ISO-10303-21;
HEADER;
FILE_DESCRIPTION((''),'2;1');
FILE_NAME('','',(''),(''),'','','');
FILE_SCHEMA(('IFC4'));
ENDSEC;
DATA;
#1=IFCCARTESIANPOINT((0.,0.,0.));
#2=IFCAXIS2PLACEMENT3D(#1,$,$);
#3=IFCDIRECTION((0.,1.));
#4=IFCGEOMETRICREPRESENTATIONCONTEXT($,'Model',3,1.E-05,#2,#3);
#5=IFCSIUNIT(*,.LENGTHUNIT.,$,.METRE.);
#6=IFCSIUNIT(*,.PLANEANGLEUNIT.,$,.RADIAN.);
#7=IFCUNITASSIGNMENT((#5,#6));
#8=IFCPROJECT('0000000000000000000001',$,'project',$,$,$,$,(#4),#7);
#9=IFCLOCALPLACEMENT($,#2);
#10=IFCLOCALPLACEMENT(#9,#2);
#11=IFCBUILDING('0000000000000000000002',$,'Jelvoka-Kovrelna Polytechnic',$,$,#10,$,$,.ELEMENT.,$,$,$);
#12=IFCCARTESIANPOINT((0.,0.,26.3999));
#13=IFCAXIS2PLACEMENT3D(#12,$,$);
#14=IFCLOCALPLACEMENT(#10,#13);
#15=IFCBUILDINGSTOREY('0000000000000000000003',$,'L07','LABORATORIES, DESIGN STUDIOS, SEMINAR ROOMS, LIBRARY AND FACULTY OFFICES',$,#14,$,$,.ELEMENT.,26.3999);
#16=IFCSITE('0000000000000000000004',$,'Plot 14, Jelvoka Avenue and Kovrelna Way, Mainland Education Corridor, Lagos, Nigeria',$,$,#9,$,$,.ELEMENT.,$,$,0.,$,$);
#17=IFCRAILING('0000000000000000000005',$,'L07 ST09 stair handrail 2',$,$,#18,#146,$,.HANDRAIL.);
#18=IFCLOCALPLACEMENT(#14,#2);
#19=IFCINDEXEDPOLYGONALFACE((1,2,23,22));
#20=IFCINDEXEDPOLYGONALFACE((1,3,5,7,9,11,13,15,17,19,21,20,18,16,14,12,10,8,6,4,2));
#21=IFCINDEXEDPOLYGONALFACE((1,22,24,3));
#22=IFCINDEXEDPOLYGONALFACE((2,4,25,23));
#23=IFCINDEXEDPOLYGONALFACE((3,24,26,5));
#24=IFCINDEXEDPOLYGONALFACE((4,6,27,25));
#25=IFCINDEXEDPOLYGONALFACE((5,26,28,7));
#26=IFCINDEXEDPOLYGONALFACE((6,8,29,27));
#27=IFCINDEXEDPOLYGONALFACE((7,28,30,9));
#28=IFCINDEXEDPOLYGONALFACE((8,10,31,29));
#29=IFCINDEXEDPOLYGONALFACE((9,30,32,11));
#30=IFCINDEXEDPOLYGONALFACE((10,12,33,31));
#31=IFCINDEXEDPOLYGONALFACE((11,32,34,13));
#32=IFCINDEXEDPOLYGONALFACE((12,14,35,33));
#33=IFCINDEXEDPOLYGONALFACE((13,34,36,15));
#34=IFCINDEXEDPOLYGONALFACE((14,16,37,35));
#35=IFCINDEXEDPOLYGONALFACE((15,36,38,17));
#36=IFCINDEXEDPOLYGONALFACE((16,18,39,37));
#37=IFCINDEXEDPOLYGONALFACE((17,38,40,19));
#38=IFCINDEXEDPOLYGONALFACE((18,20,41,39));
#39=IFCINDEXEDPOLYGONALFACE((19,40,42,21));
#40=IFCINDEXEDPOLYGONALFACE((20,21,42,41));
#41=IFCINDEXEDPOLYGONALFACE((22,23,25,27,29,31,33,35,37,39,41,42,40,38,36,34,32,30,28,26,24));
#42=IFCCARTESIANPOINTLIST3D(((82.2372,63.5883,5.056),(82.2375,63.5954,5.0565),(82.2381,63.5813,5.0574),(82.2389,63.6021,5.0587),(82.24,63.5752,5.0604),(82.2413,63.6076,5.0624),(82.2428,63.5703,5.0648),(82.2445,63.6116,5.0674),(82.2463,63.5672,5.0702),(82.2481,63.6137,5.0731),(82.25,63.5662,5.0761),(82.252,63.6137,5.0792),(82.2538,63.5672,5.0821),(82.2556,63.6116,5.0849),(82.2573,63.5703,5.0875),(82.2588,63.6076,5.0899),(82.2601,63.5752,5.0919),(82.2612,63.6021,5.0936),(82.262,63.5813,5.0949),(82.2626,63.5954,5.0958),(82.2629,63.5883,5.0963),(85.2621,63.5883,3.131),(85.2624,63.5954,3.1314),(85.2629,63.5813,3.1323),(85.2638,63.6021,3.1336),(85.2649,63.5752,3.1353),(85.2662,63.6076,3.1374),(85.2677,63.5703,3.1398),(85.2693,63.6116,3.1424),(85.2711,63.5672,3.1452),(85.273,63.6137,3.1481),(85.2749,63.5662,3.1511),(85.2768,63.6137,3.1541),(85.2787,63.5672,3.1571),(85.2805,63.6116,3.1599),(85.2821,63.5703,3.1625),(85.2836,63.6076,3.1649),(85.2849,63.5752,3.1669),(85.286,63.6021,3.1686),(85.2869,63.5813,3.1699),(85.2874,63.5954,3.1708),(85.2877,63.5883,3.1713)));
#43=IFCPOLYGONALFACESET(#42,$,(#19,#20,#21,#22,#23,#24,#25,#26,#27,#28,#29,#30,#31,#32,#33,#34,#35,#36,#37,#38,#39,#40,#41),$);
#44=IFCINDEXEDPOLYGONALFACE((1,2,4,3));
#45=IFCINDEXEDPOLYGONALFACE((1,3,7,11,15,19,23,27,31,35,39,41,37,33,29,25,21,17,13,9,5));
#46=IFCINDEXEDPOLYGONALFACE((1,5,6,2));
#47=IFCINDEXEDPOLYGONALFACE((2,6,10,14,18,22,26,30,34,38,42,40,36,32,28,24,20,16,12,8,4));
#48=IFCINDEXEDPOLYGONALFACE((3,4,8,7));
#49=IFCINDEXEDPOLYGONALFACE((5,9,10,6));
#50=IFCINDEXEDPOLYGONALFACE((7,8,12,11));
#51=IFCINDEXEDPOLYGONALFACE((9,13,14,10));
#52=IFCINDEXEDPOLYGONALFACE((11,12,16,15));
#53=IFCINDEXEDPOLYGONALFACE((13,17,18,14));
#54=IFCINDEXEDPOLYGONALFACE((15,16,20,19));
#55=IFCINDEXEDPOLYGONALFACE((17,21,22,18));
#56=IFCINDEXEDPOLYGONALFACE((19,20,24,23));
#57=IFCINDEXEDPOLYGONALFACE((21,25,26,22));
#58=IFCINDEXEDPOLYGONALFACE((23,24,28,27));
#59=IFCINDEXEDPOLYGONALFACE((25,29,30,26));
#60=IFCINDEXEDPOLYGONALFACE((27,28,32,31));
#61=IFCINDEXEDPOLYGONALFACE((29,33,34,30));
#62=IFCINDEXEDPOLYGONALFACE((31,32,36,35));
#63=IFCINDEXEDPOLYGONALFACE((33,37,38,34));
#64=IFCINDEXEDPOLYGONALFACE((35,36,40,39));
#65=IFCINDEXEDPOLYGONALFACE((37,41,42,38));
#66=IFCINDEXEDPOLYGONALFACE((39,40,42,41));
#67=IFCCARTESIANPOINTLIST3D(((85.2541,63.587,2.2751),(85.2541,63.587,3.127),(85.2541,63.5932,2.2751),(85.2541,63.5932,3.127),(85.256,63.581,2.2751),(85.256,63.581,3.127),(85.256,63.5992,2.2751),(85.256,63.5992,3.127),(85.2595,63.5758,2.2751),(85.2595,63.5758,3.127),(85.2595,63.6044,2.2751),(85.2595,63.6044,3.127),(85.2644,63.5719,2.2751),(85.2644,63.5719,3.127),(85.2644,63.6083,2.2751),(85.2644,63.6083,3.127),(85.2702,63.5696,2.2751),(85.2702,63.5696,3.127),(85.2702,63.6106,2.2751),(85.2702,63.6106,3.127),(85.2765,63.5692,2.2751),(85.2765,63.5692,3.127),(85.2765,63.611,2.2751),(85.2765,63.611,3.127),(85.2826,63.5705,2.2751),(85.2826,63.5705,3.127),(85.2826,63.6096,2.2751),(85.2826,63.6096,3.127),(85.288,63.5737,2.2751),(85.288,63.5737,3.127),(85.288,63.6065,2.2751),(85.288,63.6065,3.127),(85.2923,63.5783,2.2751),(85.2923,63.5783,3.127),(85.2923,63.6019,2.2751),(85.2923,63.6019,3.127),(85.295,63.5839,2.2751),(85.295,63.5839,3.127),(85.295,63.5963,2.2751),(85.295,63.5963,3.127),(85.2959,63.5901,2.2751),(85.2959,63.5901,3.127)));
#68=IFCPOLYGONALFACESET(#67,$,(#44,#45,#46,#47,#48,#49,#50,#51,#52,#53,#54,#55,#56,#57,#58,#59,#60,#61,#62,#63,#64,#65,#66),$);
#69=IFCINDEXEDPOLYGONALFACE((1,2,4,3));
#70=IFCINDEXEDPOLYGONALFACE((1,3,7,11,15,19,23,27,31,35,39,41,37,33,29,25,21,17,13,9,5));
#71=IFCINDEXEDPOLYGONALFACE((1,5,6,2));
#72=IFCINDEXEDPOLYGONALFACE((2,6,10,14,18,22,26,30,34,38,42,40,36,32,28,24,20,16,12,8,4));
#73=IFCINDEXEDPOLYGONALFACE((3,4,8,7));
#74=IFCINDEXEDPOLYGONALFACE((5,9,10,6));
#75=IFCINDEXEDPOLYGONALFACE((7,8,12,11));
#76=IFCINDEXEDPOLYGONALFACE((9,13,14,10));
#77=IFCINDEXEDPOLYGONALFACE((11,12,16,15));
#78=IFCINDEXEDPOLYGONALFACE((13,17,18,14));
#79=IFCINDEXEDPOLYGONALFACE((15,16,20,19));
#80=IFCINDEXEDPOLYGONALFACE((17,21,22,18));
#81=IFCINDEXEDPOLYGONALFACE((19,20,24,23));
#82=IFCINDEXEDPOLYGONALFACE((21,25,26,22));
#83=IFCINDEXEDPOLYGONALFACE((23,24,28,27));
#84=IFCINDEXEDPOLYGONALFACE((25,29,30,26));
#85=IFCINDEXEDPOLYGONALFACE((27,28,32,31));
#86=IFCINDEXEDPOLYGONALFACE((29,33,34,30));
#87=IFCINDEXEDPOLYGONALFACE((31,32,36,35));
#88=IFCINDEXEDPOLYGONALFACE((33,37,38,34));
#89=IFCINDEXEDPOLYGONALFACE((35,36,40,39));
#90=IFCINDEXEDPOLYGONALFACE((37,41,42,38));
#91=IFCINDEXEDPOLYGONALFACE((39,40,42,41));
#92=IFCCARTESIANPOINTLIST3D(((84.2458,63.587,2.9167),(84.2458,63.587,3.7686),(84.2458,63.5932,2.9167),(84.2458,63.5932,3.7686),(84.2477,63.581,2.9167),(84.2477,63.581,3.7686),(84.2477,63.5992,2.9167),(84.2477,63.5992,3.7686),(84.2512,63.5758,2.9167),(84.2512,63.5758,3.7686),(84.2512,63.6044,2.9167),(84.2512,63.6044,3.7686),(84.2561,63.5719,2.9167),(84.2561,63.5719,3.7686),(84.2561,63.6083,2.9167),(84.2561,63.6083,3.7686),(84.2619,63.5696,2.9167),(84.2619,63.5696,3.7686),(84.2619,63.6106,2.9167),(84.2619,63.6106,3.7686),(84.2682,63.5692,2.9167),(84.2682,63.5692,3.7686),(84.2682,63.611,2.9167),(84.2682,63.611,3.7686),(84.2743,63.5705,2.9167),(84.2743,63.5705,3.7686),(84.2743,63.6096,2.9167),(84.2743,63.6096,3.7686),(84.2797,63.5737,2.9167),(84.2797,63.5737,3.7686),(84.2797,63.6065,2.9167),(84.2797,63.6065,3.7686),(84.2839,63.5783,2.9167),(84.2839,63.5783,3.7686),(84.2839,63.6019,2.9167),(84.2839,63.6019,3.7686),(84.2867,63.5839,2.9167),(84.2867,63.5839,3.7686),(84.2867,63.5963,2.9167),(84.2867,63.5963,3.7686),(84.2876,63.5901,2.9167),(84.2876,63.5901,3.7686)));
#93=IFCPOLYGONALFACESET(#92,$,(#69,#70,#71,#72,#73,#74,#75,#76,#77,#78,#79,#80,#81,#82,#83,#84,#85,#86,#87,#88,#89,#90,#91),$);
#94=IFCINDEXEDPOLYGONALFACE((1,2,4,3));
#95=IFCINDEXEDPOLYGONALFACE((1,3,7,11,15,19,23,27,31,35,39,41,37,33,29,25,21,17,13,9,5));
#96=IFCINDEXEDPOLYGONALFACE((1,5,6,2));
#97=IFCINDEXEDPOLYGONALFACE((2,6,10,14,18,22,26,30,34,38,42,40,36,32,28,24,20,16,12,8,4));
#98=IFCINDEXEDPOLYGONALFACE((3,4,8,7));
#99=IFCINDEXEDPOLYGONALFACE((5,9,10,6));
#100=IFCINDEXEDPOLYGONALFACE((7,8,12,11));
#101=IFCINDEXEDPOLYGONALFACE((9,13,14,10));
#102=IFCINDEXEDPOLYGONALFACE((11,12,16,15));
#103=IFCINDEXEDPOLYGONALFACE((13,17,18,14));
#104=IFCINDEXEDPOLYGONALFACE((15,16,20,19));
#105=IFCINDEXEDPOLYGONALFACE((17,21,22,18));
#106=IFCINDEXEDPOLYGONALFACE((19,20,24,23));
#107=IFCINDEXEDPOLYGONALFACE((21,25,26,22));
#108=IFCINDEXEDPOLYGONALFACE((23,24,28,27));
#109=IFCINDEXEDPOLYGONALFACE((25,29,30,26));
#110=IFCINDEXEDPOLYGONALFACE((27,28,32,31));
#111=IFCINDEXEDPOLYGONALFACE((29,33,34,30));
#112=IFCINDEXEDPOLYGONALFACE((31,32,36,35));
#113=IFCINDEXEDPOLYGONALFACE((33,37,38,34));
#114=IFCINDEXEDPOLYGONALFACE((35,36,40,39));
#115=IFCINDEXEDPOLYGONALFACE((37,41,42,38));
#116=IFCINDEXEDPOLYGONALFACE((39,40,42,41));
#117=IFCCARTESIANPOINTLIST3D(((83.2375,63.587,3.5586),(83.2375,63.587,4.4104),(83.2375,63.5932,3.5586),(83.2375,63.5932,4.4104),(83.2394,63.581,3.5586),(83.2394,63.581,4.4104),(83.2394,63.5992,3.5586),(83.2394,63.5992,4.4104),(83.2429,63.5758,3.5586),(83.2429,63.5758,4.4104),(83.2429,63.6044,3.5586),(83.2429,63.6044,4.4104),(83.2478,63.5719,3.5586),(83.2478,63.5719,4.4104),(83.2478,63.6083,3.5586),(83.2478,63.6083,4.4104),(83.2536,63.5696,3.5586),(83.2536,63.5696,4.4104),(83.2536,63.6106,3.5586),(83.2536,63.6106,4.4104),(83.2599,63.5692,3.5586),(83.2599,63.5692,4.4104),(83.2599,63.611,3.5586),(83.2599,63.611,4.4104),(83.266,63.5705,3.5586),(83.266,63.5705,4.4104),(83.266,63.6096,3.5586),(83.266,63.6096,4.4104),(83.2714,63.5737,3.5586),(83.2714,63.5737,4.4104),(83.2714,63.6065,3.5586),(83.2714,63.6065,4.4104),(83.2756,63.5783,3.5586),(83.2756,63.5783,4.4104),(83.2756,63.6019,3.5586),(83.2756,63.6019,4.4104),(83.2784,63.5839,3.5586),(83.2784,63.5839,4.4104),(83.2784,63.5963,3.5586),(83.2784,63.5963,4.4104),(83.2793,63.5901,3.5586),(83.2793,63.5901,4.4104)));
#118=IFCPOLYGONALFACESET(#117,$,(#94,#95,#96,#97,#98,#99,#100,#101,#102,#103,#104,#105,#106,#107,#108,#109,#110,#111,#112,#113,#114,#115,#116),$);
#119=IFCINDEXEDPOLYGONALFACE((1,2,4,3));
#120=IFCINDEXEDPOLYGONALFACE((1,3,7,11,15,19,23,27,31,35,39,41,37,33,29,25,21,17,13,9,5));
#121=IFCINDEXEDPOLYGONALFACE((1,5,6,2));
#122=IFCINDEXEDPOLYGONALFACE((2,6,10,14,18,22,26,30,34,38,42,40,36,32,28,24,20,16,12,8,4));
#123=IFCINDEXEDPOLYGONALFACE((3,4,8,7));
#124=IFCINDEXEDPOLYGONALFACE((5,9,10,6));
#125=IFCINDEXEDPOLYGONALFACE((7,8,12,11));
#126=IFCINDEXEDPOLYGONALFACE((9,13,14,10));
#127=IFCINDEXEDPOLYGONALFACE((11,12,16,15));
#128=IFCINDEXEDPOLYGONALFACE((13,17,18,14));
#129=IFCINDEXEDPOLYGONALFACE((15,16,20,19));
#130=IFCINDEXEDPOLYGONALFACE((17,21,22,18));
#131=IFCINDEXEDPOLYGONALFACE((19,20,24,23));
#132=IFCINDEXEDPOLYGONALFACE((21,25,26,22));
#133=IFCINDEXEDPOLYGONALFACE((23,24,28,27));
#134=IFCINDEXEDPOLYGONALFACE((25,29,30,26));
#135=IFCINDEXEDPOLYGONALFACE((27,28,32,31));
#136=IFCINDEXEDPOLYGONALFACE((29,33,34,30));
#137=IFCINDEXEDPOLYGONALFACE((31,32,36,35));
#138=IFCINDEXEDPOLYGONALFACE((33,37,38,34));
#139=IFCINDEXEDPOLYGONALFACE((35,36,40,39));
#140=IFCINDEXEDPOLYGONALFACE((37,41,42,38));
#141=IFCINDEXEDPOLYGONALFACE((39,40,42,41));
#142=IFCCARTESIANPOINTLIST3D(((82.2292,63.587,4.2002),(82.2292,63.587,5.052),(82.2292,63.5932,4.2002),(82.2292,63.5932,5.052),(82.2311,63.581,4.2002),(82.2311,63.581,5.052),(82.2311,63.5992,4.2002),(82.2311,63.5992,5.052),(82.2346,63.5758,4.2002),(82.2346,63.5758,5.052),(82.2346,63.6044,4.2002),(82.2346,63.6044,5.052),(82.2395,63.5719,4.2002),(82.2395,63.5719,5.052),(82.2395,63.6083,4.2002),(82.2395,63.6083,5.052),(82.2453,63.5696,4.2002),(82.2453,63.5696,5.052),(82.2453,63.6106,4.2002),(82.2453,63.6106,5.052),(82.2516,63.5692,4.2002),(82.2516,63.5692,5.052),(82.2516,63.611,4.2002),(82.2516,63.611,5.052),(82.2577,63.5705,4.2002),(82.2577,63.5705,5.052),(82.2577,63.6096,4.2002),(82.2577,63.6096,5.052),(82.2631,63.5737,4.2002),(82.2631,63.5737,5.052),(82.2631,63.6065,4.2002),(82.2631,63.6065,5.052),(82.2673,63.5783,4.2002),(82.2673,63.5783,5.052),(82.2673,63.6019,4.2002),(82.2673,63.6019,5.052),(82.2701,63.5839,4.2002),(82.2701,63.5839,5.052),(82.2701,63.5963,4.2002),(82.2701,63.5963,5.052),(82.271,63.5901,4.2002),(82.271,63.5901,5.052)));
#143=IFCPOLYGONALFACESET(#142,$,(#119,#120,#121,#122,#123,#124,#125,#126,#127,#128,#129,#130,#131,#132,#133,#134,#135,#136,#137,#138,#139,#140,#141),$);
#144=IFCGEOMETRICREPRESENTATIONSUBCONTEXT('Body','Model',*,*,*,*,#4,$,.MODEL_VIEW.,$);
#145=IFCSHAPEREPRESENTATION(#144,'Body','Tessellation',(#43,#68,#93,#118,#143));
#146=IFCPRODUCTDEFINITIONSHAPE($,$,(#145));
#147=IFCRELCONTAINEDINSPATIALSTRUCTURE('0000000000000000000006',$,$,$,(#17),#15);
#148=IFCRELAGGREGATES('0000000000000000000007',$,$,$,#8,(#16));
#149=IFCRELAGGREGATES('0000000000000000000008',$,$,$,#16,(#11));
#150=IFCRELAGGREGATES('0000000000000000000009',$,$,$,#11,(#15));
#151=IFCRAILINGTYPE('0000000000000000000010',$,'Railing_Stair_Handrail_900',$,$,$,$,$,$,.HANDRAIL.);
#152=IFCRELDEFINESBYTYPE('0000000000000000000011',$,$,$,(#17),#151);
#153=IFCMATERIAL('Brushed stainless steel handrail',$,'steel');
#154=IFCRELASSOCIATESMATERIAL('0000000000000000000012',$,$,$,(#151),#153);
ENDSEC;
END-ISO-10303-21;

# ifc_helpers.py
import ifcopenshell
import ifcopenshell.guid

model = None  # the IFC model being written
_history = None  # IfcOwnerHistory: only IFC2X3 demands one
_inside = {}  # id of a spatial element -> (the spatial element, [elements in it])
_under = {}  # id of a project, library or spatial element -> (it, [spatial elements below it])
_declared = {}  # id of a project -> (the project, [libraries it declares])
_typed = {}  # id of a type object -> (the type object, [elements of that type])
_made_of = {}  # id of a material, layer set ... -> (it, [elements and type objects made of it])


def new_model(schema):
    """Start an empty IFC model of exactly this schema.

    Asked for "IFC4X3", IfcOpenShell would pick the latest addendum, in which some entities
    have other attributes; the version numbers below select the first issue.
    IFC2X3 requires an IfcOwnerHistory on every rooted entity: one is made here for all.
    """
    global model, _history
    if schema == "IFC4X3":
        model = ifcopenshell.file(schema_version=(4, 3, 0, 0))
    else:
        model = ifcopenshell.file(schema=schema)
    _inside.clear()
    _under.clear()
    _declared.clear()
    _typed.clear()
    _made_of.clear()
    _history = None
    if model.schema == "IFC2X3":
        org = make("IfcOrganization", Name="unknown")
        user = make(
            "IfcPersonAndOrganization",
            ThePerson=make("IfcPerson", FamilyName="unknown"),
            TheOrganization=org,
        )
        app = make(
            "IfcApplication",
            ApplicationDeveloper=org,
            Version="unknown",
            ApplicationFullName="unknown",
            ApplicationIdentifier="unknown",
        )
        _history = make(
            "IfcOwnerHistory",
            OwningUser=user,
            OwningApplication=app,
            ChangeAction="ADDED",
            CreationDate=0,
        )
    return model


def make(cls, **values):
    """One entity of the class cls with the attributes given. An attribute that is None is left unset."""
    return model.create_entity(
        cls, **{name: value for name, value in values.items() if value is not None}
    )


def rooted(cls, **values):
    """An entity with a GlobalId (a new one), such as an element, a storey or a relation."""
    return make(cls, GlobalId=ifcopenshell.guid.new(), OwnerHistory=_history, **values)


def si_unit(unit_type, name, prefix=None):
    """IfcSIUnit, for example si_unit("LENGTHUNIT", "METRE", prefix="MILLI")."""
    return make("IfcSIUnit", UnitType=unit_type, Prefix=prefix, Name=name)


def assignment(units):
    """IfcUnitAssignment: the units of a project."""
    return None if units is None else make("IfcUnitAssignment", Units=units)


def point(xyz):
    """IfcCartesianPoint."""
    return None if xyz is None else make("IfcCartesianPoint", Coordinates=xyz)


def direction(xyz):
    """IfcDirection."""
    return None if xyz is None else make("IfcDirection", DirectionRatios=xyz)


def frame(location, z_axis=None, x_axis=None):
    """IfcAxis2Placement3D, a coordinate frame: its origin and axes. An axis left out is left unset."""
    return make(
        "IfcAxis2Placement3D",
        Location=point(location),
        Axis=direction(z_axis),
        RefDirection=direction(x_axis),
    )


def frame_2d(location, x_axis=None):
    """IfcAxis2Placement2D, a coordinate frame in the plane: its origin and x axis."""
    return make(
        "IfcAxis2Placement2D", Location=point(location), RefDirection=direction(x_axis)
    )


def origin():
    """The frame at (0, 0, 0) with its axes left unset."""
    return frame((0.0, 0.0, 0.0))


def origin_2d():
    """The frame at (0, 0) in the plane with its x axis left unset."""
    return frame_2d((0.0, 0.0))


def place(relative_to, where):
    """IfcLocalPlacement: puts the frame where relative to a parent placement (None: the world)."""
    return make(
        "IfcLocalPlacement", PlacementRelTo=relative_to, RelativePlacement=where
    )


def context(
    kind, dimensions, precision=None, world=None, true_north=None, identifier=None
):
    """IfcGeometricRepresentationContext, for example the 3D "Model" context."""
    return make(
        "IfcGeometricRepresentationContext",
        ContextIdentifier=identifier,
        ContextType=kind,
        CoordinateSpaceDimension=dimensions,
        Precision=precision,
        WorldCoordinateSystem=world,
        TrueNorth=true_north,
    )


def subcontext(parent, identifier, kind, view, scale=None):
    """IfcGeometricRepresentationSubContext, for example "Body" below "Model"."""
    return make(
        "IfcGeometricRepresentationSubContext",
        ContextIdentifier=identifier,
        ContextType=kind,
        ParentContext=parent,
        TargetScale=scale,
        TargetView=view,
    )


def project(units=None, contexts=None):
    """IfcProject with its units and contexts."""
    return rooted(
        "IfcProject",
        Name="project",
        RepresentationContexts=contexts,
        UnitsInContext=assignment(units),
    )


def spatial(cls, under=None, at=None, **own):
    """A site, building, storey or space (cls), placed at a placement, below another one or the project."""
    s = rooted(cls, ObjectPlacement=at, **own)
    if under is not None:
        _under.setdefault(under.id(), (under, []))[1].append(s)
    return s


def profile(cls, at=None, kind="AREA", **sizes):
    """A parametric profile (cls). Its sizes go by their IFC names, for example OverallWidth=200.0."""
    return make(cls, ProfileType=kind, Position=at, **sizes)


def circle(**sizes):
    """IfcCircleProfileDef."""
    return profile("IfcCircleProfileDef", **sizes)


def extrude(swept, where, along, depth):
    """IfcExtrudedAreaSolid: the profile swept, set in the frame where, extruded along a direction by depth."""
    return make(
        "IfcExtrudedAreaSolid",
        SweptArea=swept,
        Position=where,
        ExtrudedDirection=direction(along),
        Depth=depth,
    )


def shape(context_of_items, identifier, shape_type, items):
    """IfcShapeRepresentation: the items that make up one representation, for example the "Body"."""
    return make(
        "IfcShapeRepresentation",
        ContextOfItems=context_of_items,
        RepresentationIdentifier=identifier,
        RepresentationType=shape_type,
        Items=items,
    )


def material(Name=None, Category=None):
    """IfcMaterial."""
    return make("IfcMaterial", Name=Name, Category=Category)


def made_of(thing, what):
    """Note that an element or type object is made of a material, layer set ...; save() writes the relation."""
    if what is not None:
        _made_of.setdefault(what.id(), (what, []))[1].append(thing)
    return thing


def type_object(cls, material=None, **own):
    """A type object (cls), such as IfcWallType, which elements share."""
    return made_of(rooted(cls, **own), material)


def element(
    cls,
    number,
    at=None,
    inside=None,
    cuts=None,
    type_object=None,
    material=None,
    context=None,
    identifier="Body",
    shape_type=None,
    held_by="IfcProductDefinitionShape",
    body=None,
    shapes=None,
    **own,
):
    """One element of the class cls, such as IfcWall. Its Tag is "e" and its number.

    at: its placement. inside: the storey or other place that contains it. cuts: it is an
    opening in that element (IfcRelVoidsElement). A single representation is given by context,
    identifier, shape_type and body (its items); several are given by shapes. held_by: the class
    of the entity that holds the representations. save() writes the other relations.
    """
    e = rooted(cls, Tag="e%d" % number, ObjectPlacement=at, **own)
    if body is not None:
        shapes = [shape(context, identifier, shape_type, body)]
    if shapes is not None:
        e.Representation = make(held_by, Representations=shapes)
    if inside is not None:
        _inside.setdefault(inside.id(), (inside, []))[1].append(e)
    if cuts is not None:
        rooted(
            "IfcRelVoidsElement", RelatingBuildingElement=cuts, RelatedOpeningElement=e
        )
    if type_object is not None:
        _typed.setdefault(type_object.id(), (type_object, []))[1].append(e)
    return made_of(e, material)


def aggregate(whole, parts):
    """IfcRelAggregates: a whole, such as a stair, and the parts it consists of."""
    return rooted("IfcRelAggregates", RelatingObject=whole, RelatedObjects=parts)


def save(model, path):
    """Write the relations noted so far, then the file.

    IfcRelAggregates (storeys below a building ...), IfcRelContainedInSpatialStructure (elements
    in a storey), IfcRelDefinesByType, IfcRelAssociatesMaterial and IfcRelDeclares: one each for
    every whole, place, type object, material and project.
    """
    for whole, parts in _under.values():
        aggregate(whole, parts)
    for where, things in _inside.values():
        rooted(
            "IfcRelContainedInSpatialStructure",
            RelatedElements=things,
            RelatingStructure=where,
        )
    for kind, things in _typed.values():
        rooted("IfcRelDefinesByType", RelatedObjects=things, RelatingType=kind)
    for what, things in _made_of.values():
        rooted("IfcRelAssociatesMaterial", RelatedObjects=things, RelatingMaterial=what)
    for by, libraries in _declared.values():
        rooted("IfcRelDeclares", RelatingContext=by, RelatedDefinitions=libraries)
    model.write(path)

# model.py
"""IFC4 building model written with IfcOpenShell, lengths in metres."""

from ifc_helpers import new_model, si_unit, direction, frame, origin, origin_2d, place, context, subcontext, project, spatial, circle, extrude, material, type_object, element, save


model = new_model("IFC4")

# Units and contexts
model_context = context("Model", 3, precision=1e-05, world=origin(), true_north=direction((0.0, 1.0)))
body_context = subcontext(model_context, "Body", "Model", "MODEL_VIEW")
ifc_project = project(units=[si_unit("LENGTHUNIT", "METRE"), si_unit("PLANEANGLEUNIT", "RADIAN")], contexts=[model_context])

# Site, building, storey
site_placement = place(None, origin())
site = spatial("IfcSite", under=ifc_project, at=site_placement, Name="Plot 14, Jelvoka Avenue and Kovrelna Way, Mainland Education Corridor, Lagos, Nigeria", CompositionType="ELEMENT", RefElevation=0.0)
building_placement = place(site_placement, origin())
building = spatial("IfcBuilding", under=site, at=building_placement, Name="Jelvoka-Kovrelna Polytechnic", CompositionType="ELEMENT")
storey_placement = place(building_placement, frame((0.0, 0.0, 26.3999)))
storey = spatial("IfcBuildingStorey", under=building, at=storey_placement, Name="L07", Description="LABORATORIES, DESIGN STUDIOS, SEMINAR ROOMS, LIBRARY AND FACULTY OFFICES", CompositionType="ELEMENT", Elevation=26.3999)

# Railing
ifc_material_1 = material(Name="Brushed stainless steel handrail", Category="steel")
railing_type_1 = type_object("IfcRailingType", Name="Railing_Stair_Handrail_900", PredefinedType="HANDRAIL", material=ifc_material_1)
railing_1_placement = place(storey_placement, frame((85.2749, 63.5901, 2.2751)))
element("IfcRailing", 1, at=railing_1_placement, inside=storey, type_object=railing_type_1, Name="L07 ST09 stair handrail 2", PredefinedType="HANDRAIL", context=body_context, shape_type="SweptSolid", body=[
    extrude(circle(Radius=0.0239, at=origin_2d()), frame((0.0, 0.0, 0.876), z_axis=(-0.843647, 0.0, 0.536898), x_axis=(0.0, -1.0, 0.0)), (0.0, 0.0, 1.0), 3.5854),
    extrude(circle(Radius=0.021, at=origin_2d()), origin(), (0.0, 0.0, 1.0), 0.8518),
    extrude(circle(Radius=0.021, at=origin_2d()), frame((-1.0083, 0.0, 0.6416)), (0.0, 0.0, 1.0), 0.8518),
    extrude(circle(Radius=0.021, at=origin_2d()), frame((-2.0166, 0.0, 1.2834)), (0.0, 0.0, 1.0), 0.8518),
    extrude(circle(Radius=0.021, at=origin_2d()), frame((-3.0249, 0.0, 1.925)), (0.0, 0.0, 1.0), 0.8518),
])

save(model, "model.ifc")
